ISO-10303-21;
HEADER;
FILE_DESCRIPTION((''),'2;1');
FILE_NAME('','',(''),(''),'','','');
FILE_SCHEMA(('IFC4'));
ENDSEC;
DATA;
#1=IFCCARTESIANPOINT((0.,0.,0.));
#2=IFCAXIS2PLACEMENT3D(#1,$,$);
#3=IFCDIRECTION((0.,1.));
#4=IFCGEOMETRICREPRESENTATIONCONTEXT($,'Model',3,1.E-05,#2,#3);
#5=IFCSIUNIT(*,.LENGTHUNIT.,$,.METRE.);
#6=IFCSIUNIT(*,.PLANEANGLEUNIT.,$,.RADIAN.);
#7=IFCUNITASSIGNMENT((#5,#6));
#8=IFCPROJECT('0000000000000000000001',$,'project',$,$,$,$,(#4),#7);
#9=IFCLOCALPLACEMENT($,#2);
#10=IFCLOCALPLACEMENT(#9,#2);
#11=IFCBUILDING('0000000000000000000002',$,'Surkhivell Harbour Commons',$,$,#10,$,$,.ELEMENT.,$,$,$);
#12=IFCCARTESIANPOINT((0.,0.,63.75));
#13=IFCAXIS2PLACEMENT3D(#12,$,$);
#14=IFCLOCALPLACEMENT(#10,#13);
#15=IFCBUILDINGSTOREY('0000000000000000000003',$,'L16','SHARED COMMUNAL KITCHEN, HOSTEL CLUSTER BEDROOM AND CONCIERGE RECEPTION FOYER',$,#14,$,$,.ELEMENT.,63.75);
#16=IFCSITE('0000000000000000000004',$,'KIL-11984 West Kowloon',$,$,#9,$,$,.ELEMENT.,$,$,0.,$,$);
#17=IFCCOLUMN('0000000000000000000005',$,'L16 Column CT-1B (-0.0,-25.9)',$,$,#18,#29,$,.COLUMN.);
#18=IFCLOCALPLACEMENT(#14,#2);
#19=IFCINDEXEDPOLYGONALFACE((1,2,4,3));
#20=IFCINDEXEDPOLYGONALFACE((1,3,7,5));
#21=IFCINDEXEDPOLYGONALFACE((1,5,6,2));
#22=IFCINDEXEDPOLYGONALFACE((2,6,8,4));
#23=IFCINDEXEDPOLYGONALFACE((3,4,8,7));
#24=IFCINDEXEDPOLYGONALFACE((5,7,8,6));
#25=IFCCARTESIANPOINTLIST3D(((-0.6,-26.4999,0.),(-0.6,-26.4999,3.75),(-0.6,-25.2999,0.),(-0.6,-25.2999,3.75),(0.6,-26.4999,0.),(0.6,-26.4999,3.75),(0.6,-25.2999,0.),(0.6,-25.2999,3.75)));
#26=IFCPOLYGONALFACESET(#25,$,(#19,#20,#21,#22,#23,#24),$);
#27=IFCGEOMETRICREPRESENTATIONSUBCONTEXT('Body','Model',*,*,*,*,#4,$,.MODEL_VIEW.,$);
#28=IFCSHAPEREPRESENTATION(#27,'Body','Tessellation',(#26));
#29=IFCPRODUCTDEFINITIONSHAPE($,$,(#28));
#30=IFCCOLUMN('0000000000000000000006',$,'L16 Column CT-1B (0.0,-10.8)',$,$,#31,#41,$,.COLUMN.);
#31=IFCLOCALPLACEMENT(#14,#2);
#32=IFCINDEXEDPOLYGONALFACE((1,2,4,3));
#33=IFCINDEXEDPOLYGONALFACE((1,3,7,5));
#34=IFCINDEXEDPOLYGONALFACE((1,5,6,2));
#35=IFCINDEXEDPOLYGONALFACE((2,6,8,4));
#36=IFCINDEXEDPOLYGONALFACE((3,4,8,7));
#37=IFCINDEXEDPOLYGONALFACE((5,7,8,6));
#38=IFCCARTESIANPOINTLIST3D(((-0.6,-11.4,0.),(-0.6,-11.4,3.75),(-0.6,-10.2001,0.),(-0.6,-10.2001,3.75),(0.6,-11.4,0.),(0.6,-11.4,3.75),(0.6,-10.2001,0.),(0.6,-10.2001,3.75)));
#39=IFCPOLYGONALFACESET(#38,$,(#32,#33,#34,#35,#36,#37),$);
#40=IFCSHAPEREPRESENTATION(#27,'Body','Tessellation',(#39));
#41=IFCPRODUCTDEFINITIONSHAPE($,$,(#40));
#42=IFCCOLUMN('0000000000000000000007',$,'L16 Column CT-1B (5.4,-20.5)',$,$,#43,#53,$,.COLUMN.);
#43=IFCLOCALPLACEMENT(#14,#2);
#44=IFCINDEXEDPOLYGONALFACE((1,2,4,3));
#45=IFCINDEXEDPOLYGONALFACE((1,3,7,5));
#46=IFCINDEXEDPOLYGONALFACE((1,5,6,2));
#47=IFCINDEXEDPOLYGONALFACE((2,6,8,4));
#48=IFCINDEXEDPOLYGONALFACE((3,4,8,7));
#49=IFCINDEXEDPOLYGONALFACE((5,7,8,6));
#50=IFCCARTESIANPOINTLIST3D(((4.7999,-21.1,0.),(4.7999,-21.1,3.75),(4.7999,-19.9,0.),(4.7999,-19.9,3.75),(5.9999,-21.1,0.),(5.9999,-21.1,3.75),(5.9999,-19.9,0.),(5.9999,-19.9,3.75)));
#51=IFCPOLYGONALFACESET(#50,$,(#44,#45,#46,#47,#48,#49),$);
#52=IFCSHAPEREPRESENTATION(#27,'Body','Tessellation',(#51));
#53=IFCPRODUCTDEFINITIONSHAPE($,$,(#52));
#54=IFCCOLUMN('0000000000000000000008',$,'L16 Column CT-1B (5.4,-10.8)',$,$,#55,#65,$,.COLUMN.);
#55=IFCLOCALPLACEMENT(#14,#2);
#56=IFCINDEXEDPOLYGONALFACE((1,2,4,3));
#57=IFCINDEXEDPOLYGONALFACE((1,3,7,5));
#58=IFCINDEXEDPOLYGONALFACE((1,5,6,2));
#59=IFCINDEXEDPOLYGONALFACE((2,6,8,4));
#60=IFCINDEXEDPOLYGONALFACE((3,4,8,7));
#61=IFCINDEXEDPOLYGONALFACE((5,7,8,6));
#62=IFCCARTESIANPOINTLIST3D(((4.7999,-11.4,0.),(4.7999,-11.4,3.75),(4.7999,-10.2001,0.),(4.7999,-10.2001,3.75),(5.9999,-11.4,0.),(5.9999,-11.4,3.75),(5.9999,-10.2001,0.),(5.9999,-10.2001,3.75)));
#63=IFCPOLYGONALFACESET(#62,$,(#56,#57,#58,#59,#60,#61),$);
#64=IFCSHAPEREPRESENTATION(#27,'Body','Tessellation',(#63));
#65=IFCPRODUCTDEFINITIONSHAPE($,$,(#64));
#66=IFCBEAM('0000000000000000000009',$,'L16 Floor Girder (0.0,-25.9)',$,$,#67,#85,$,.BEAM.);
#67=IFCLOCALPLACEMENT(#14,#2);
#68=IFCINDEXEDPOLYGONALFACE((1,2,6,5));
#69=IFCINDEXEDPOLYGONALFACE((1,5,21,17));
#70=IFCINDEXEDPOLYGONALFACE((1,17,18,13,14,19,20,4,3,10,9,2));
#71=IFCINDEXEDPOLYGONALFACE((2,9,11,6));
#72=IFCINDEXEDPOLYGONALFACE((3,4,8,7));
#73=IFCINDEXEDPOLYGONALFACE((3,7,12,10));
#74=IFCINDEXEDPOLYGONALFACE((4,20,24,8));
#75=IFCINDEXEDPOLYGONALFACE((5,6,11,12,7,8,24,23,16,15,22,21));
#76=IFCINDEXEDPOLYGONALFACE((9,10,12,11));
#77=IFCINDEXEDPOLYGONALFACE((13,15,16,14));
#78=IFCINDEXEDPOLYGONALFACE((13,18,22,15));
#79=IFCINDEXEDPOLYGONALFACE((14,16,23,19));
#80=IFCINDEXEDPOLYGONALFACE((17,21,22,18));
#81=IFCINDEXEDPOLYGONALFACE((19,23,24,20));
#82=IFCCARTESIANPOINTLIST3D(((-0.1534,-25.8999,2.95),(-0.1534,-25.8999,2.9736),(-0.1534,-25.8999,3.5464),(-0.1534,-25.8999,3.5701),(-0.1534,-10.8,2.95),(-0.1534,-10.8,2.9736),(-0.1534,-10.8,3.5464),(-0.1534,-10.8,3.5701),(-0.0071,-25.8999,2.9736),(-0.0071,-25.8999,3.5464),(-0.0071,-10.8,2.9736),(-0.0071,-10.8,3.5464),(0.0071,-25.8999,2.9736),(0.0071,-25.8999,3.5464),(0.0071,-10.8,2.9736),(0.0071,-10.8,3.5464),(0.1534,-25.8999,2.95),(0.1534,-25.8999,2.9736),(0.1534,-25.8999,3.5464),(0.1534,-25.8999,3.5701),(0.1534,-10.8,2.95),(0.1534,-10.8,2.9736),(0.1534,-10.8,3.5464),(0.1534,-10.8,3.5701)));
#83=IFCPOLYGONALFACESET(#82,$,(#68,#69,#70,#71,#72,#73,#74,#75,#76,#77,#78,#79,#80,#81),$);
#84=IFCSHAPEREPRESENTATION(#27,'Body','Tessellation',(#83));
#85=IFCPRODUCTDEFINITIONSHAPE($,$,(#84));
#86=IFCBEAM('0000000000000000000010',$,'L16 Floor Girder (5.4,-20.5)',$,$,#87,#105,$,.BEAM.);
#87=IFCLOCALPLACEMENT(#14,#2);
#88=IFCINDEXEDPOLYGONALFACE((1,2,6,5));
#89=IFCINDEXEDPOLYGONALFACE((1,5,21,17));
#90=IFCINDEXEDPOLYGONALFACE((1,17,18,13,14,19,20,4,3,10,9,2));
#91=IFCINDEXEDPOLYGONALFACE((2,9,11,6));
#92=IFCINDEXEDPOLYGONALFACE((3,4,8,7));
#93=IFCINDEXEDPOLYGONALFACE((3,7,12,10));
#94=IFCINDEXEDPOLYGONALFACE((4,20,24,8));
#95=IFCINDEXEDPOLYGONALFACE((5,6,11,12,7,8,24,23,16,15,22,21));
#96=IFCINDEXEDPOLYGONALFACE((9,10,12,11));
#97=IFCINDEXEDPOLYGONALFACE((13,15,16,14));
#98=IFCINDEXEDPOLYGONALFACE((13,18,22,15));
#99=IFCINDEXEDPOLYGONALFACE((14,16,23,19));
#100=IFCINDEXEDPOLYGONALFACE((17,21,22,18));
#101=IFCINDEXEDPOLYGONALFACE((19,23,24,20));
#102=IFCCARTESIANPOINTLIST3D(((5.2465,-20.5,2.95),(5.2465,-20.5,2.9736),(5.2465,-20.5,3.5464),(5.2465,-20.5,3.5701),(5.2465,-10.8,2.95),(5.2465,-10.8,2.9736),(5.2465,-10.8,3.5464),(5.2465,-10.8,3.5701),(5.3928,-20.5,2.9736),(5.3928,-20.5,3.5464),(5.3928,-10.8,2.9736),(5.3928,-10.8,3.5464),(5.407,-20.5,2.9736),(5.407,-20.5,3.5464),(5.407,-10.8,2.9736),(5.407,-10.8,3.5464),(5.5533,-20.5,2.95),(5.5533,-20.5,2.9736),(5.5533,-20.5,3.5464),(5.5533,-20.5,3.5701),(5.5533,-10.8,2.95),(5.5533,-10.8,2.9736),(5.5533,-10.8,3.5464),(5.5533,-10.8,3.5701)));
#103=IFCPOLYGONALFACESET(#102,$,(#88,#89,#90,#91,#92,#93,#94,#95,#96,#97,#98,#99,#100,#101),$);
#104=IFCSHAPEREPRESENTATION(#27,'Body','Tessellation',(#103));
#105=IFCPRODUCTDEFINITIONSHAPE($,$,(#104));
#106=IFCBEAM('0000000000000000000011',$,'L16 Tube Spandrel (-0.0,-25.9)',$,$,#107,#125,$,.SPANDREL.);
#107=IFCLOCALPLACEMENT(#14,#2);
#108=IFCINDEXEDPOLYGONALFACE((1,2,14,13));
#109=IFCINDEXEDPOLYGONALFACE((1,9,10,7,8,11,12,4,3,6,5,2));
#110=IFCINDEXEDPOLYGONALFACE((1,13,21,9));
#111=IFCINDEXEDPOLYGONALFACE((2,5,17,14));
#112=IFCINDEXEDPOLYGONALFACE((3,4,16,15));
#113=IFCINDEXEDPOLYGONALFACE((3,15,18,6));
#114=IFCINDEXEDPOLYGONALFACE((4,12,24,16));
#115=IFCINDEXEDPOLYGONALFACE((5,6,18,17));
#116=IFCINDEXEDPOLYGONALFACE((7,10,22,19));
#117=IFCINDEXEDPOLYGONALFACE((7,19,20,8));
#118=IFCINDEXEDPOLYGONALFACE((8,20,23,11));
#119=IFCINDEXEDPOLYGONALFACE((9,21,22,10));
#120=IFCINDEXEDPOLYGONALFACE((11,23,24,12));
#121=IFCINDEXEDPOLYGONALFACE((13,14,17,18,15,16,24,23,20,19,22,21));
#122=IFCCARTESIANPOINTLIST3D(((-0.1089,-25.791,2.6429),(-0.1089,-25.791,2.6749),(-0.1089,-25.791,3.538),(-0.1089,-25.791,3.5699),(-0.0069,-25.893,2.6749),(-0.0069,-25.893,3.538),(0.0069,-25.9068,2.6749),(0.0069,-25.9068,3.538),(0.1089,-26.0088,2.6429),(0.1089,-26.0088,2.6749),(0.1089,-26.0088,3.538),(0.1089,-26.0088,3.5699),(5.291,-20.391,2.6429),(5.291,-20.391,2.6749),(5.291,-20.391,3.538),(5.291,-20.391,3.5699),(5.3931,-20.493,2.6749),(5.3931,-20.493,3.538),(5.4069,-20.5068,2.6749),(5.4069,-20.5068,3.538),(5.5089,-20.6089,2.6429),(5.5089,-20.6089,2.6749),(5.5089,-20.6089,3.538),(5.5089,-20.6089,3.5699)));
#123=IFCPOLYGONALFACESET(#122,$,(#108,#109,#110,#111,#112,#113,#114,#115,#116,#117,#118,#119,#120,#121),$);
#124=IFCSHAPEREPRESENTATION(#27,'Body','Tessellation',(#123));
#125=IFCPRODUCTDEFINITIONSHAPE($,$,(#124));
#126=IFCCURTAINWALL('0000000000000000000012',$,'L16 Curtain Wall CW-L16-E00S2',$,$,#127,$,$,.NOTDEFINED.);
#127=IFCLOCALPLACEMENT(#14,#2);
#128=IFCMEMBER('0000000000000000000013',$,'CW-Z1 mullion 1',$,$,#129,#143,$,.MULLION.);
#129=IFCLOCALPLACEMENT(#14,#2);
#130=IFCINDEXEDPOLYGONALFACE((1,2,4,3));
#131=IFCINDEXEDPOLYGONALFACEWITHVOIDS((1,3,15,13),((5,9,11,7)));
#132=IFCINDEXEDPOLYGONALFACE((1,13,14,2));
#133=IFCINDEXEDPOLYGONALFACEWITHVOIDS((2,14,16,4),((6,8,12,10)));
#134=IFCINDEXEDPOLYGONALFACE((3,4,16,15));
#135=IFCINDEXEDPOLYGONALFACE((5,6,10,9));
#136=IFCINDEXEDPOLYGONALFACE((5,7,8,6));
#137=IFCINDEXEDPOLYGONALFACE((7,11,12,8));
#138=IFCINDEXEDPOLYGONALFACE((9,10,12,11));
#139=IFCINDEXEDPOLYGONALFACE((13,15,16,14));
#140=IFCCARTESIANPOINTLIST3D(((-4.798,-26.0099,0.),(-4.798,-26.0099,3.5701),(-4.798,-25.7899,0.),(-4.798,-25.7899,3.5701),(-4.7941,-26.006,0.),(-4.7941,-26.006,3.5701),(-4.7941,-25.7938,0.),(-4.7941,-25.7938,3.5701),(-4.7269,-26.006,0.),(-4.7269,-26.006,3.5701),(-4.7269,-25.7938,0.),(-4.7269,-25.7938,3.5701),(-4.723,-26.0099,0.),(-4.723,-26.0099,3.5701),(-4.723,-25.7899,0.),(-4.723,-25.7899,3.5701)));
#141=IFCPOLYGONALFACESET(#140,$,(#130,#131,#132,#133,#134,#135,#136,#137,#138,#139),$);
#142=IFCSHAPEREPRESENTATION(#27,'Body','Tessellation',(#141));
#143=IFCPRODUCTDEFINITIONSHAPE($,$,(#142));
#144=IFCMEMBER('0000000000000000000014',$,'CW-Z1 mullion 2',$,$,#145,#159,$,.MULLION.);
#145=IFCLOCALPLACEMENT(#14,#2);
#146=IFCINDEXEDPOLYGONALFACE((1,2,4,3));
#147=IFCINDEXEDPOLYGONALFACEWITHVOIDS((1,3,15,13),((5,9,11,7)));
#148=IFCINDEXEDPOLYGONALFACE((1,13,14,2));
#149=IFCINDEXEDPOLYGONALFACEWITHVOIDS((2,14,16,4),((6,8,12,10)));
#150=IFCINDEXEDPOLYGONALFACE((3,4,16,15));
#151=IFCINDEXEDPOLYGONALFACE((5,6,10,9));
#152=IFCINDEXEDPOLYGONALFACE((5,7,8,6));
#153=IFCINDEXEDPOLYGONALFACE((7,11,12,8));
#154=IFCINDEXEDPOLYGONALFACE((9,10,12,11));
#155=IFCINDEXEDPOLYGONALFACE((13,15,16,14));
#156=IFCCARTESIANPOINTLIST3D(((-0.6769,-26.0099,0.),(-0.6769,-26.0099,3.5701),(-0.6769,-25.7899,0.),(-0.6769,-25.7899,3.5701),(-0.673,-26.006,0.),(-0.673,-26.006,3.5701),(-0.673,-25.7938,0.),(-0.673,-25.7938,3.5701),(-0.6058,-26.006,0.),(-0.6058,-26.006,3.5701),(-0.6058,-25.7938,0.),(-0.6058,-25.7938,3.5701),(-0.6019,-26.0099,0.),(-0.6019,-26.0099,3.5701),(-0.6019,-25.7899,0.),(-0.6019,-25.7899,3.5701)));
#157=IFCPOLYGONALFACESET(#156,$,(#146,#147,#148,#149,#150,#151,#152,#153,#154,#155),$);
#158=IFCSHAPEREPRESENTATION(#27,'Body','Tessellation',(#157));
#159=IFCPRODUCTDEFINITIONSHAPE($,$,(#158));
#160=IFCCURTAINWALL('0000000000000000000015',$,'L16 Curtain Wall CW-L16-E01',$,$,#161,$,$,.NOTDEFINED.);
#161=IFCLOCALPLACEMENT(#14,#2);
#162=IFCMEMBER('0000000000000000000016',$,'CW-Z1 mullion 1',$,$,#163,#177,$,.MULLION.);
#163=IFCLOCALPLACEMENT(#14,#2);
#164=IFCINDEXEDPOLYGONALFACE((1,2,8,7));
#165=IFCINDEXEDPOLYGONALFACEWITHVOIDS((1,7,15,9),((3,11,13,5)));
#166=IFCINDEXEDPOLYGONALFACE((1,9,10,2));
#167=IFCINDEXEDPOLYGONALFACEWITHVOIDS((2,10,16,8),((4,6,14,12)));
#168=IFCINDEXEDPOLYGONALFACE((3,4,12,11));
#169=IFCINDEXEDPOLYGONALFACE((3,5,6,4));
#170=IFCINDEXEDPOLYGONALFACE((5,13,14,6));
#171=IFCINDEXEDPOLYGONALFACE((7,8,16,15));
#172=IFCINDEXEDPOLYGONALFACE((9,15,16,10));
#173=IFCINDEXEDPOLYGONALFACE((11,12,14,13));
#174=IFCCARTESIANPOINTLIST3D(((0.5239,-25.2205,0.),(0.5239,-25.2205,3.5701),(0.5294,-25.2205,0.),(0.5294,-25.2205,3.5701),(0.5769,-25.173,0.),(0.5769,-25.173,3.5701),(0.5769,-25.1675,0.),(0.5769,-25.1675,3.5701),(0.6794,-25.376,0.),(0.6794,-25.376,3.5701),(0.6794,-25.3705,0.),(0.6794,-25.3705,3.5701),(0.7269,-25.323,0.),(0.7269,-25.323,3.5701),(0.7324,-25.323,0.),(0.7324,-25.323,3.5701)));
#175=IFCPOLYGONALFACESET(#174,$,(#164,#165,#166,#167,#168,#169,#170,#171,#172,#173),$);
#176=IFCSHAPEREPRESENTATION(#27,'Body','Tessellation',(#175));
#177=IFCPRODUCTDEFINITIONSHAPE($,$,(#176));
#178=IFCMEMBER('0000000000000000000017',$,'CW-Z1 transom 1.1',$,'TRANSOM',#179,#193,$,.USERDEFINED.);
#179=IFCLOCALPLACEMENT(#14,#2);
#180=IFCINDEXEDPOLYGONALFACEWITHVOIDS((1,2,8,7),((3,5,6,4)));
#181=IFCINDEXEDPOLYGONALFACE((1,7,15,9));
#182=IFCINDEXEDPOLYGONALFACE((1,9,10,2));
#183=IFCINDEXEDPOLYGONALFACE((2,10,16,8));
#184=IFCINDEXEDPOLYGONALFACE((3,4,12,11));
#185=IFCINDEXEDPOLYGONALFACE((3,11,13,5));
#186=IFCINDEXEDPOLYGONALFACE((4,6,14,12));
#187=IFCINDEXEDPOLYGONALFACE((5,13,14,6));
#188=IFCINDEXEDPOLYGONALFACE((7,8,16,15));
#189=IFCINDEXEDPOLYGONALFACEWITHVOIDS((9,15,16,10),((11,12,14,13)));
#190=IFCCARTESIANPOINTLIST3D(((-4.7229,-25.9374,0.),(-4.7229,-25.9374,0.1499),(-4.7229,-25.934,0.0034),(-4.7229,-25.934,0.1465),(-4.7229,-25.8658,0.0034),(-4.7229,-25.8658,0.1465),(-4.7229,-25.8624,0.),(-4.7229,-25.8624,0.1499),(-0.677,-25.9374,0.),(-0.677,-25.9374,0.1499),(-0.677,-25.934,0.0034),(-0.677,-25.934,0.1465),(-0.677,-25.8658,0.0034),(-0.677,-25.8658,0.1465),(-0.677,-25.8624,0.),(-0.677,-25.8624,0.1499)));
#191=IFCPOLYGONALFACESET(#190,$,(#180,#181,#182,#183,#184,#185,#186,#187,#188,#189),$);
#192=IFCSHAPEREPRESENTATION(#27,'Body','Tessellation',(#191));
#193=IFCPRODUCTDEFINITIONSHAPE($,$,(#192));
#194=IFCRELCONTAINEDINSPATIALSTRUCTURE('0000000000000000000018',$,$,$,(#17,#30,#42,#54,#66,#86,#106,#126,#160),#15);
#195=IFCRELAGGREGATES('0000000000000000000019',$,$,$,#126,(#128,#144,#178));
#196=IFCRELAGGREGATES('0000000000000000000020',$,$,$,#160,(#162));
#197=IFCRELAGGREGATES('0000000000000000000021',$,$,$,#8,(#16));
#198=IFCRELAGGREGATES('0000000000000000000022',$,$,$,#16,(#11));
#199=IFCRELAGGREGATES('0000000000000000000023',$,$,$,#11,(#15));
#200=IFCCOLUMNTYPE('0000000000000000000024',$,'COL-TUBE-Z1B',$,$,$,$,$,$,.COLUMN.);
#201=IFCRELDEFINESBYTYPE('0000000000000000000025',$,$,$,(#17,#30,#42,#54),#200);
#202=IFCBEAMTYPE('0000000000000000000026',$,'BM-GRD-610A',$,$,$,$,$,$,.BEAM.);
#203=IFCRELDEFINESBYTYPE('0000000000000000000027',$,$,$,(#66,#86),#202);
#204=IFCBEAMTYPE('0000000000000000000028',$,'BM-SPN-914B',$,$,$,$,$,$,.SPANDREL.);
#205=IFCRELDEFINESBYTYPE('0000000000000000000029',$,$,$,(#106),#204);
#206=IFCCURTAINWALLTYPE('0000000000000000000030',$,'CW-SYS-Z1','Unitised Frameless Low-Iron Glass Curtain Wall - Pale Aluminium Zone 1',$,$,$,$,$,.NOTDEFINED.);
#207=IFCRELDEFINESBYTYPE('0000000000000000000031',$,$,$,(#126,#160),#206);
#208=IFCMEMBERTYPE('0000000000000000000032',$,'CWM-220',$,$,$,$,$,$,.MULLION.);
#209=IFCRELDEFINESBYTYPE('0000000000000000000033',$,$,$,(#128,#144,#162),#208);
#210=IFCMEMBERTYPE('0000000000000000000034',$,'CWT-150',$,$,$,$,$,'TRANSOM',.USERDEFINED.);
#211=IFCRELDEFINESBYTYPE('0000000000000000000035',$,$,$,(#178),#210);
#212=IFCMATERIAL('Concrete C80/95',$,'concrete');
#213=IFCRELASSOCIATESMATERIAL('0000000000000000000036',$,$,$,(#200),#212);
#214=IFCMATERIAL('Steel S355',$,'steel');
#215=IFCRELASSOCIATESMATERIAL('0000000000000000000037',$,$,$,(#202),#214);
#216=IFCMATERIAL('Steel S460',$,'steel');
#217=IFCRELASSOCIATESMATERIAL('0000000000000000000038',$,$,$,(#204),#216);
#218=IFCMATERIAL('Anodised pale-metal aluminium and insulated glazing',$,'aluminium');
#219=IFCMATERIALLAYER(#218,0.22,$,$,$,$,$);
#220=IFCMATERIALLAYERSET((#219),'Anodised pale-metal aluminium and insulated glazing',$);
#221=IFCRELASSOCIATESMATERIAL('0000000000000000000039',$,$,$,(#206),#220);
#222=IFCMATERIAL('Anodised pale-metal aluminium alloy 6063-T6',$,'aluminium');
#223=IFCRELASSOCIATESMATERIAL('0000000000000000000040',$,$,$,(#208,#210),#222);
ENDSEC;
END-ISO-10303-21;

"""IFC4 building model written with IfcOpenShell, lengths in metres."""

from ifc_helpers import new_model, si_unit, direction, frame, origin, origin_2d, place, context, subcontext, project, spatial, rectangle, hollow_rectangle, i_section, extrude, material, layer, layer_set, material_profile, profile_set, type_object, element, aggregate, save


model = new_model("IFC4")

# Units and contexts
model_context = context("Model", 3, precision=1e-05, world=origin(), true_north=direction((0.0, 1.0)))
body_context = subcontext(model_context, "Body", "Model", "MODEL_VIEW")
ifc_project = project(units=[si_unit("LENGTHUNIT", "METRE"), si_unit("PLANEANGLEUNIT", "RADIAN")], contexts=[model_context])

# Site, building, storey
site_placement = place(None, origin())
site = spatial("IfcSite", under=ifc_project, at=site_placement, Name="KIL-11984 West Kowloon", CompositionType="ELEMENT", RefElevation=0.0)
building_placement = place(site_placement, origin())
building = spatial("IfcBuilding", under=site, at=building_placement, Name="Surkhivell Harbour Commons", CompositionType="ELEMENT")
storey_placement = place(building_placement, frame((0.0, 0.0, 63.75)))
storey = spatial("IfcBuildingStorey", under=building, at=storey_placement, Name="L16", Description="SHARED COMMUNAL KITCHEN, HOSTEL CLUSTER BEDROOM AND CONCIERGE RECEPTION FOYER", CompositionType="ELEMENT", Elevation=63.75)

# Columns
ifc_material_1 = material(Name="Concrete C80/95", Category="concrete")
ifc_material_profile_1 = material_profile(ifc_material_1, rectangle(XDim=1.2, YDim=1.2, at=origin_2d()), Name="RC-COL-1200x1200")
ifc_profile_set_1 = profile_set([ifc_material_profile_1], Name="Concrete C80/95")
column_type = type_object("IfcColumnType", Name="COL-TUBE-Z1B", PredefinedType="COLUMN", material=ifc_profile_set_1)
for number, where, z_axis, x_axis, name in (
    (1, (0.0, -25.8999, 0.0), (0.0, 0.0, 1.0), (1.0, 0.0, 0.0), "L16 Column CT-1B (-0.0,-25.9)"),
    (2, (0.0, -10.8, 0.0), (0.0, 0.0, 1.0), (1.0, 0.0, 0.0), "L16 Column CT-1B (0.0,-10.8)"),
    (3, (5.3999, -20.5, 0.0), (0.0, 0.0, 1.0), (1.0, 0.0, 0.0), "L16 Column CT-1B (5.4,-20.5)"),
    (4, (5.3999, -10.8, 0.0), (0.0, 0.0, 1.0), (1.0, 0.0, 0.0), "L16 Column CT-1B (5.4,-10.8)"),
):
    element("IfcColumn", number, at=place(storey_placement, frame(where, z_axis=z_axis, x_axis=x_axis)), inside=storey, type_object=column_type, Name=name, PredefinedType="COLUMN", context=body_context, shape_type="SweptSolid", body=[
        extrude(rectangle(XDim=1.2, YDim=1.2, at=origin_2d()), origin(), (0.0, 0.0, 1.0), 3.75),
    ])

# Beams
ifc_material_2 = material(Name="Steel S355", Category="steel")
ifc_material_profile_2 = material_profile(ifc_material_2, i_section(OverallWidth=0.3069, OverallDepth=0.6201, WebThickness=0.0142, FlangeThickness=0.0237, at=origin_2d()), Name="UB610x305x179")
ifc_profile_set_2 = profile_set([ifc_material_profile_2], Name="Steel S355")
beam_type_1 = type_object("IfcBeamType", Name="BM-GRD-610A", PredefinedType="BEAM", material=ifc_profile_set_2)
beam_1_placement = place(storey_placement, frame((0.0, -25.8999, 3.26), z_axis=(0.0, 1.0, 0.0), x_axis=(-1.0, 0.0, 0.0)))
element("IfcBeam", 5, at=beam_1_placement, inside=storey, type_object=beam_type_1, Name="L16 Floor Girder (0.0,-25.9)", PredefinedType="BEAM", context=body_context, shape_type="SweptSolid", body=[
    extrude(i_section(OverallWidth=0.3069, OverallDepth=0.6201, WebThickness=0.0142, FlangeThickness=0.0237, at=origin_2d()), origin(), (0.0, 0.0, 1.0), 15.0999),
])
beam_2_placement = place(storey_placement, frame((5.3999, -20.5, 3.26), z_axis=(0.0, 1.0, 0.0), x_axis=(-1.0, 0.0, 0.0)))
element("IfcBeam", 6, at=beam_2_placement, inside=storey, type_object=beam_type_1, Name="L16 Floor Girder (5.4,-20.5)", PredefinedType="BEAM", context=body_context, shape_type="SweptSolid", body=[
    extrude(i_section(OverallWidth=0.3069, OverallDepth=0.6201, WebThickness=0.0142, FlangeThickness=0.0237, at=origin_2d()), origin(), (0.0, 0.0, 1.0), 9.7),
])
ifc_material_3 = material(Name="Steel S460", Category="steel")
ifc_material_profile_3 = material_profile(ifc_material_3, i_section(OverallWidth=0.3081, OverallDepth=0.927, WebThickness=0.0195, FlangeThickness=0.032, at=origin_2d()), Name="UB914x305x289")
ifc_profile_set_3 = profile_set([ifc_material_profile_3], Name="Steel S460")
beam_type_2 = type_object("IfcBeamType", Name="BM-SPN-914B", PredefinedType="SPANDREL", material=ifc_profile_set_3)
beam_3_placement = place(storey_placement, frame((0.0, -25.8999, 3.1064), z_axis=(0.707107, 0.707107, 0.0), x_axis=(-0.707107, 0.707107, 0.0)))
element("IfcBeam", 7, at=beam_3_placement, inside=storey, type_object=beam_type_2, Name="L16 Tube Spandrel (-0.0,-25.9)", PredefinedType="SPANDREL", context=body_context, shape_type="SweptSolid", body=[
    extrude(i_section(OverallWidth=0.3081, OverallDepth=0.927, WebThickness=0.0195, FlangeThickness=0.032, at=origin_2d()), origin(), (0.0, 0.0, 1.0), 7.6367),
])

# Curtain wall, members
ifc_material_4 = material(Name="Anodised pale-metal aluminium and insulated glazing", Category="aluminium")
ifc_layer_1 = layer(ifc_material_4, 0.22)
ifc_layer_set_1 = layer_set([ifc_layer_1], Name="Anodised pale-metal aluminium and insulated glazing")
curtain_wall_type = type_object("IfcCurtainWallType", Name="CW-SYS-Z1", Description="Unitised Frameless Low-Iron Glass Curtain Wall - Pale Aluminium Zone 1", PredefinedType="NOTDEFINED", material=ifc_layer_set_1)
curtain_wall_1_placement = place(storey_placement, origin())
curtain_wall_1 = element("IfcCurtainWall", 8, at=curtain_wall_1_placement, inside=storey, type_object=curtain_wall_type, Name="L16 Curtain Wall CW-L16-E00S2", PredefinedType="NOTDEFINED")
ifc_material_5 = material(Name="Anodised pale-metal aluminium alloy 6063-T6", Category="aluminium")
ifc_material_profile_4 = material_profile(ifc_material_5, hollow_rectangle(XDim=0.075, YDim=0.22, WallThickness=0.0039, at=origin_2d()), Name="ALU-MULL-75x220")
ifc_profile_set_4 = profile_set([ifc_material_profile_4], Name="Anodised pale-metal aluminium alloy 6063-T6")
member_type_1 = type_object("IfcMemberType", Name="CWM-220", PredefinedType="MULLION", material=ifc_profile_set_4)
member_1_placement = place(storey_placement, frame((-4.7605, -25.8999, 0.0), z_axis=(0.0, 0.0, 1.0), x_axis=(1.0, 0.0, 0.0)))
member_1 = element("IfcMember", 9, at=member_1_placement, type_object=member_type_1, Name="CW-Z1 mullion 1", PredefinedType="MULLION", context=body_context, shape_type="SweptSolid", body=[
    extrude(hollow_rectangle(XDim=0.075, YDim=0.22, WallThickness=0.0039, at=origin_2d()), origin(), (0.0, 0.0, 1.0), 3.5701),
])
member_2_placement = place(storey_placement, frame((-0.6394, -25.8999, 0.0), z_axis=(0.0, 0.0, 1.0), x_axis=(1.0, 0.0, 0.0)))
member_2 = element("IfcMember", 10, at=member_2_placement, type_object=member_type_1, Name="CW-Z1 mullion 2", PredefinedType="MULLION", context=body_context, shape_type="SweptSolid", body=[
    extrude(hollow_rectangle(XDim=0.075, YDim=0.22, WallThickness=0.0039, at=origin_2d()), origin(), (0.0, 0.0, 1.0), 3.5701),
])

# Curtain wall, member
curtain_wall_2_placement = place(storey_placement, origin())
curtain_wall_2 = element("IfcCurtainWall", 11, at=curtain_wall_2_placement, inside=storey, type_object=curtain_wall_type, Name="L16 Curtain Wall CW-L16-E01", PredefinedType="NOTDEFINED")
member_3_placement = place(storey_placement, frame((0.6282, -25.2717, 0.0), z_axis=(0.0, 0.0, 1.0), x_axis=(0.707107, 0.707107, 0.0)))
member_3 = element("IfcMember", 12, at=member_3_placement, type_object=member_type_1, Name="CW-Z1 mullion 1", PredefinedType="MULLION", context=body_context, shape_type="SweptSolid", body=[
    extrude(hollow_rectangle(XDim=0.075, YDim=0.22, WallThickness=0.0039, at=origin_2d()), origin(), (0.0, 0.0, 1.0), 3.5701),
])

# Member
ifc_material_profile_5 = material_profile(ifc_material_5, hollow_rectangle(XDim=0.075, YDim=0.1499, WallThickness=0.0034, at=origin_2d()), Name="ALU-TRAN-75x150")
ifc_profile_set_5 = profile_set([ifc_material_profile_5], Name="Anodised pale-metal aluminium alloy 6063-T6")
member_type_2 = type_object("IfcMemberType", Name="CWT-150", ElementType="TRANSOM", PredefinedType="USERDEFINED", material=ifc_profile_set_5)
member_4_placement = place(storey_placement, frame((-4.7229, -25.8999, 0.075), z_axis=(1.0, 0.0, 0.0), x_axis=(0.0, 1.0, 0.0)))
member_4 = element("IfcMember", 13, at=member_4_placement, type_object=member_type_2, Name="CW-Z1 transom 1.1", ObjectType="TRANSOM", PredefinedType="USERDEFINED", context=body_context, shape_type="SweptSolid", body=[
    extrude(hollow_rectangle(XDim=0.075, YDim=0.1499, WallThickness=0.0034, at=origin_2d()), origin(), (0.0, 0.0, 1.0), 4.0459),
])

aggregate(curtain_wall_1, [member_1, member_2, member_4])
aggregate(curtain_wall_2, [member_3])

save(model, "model.ifc")
